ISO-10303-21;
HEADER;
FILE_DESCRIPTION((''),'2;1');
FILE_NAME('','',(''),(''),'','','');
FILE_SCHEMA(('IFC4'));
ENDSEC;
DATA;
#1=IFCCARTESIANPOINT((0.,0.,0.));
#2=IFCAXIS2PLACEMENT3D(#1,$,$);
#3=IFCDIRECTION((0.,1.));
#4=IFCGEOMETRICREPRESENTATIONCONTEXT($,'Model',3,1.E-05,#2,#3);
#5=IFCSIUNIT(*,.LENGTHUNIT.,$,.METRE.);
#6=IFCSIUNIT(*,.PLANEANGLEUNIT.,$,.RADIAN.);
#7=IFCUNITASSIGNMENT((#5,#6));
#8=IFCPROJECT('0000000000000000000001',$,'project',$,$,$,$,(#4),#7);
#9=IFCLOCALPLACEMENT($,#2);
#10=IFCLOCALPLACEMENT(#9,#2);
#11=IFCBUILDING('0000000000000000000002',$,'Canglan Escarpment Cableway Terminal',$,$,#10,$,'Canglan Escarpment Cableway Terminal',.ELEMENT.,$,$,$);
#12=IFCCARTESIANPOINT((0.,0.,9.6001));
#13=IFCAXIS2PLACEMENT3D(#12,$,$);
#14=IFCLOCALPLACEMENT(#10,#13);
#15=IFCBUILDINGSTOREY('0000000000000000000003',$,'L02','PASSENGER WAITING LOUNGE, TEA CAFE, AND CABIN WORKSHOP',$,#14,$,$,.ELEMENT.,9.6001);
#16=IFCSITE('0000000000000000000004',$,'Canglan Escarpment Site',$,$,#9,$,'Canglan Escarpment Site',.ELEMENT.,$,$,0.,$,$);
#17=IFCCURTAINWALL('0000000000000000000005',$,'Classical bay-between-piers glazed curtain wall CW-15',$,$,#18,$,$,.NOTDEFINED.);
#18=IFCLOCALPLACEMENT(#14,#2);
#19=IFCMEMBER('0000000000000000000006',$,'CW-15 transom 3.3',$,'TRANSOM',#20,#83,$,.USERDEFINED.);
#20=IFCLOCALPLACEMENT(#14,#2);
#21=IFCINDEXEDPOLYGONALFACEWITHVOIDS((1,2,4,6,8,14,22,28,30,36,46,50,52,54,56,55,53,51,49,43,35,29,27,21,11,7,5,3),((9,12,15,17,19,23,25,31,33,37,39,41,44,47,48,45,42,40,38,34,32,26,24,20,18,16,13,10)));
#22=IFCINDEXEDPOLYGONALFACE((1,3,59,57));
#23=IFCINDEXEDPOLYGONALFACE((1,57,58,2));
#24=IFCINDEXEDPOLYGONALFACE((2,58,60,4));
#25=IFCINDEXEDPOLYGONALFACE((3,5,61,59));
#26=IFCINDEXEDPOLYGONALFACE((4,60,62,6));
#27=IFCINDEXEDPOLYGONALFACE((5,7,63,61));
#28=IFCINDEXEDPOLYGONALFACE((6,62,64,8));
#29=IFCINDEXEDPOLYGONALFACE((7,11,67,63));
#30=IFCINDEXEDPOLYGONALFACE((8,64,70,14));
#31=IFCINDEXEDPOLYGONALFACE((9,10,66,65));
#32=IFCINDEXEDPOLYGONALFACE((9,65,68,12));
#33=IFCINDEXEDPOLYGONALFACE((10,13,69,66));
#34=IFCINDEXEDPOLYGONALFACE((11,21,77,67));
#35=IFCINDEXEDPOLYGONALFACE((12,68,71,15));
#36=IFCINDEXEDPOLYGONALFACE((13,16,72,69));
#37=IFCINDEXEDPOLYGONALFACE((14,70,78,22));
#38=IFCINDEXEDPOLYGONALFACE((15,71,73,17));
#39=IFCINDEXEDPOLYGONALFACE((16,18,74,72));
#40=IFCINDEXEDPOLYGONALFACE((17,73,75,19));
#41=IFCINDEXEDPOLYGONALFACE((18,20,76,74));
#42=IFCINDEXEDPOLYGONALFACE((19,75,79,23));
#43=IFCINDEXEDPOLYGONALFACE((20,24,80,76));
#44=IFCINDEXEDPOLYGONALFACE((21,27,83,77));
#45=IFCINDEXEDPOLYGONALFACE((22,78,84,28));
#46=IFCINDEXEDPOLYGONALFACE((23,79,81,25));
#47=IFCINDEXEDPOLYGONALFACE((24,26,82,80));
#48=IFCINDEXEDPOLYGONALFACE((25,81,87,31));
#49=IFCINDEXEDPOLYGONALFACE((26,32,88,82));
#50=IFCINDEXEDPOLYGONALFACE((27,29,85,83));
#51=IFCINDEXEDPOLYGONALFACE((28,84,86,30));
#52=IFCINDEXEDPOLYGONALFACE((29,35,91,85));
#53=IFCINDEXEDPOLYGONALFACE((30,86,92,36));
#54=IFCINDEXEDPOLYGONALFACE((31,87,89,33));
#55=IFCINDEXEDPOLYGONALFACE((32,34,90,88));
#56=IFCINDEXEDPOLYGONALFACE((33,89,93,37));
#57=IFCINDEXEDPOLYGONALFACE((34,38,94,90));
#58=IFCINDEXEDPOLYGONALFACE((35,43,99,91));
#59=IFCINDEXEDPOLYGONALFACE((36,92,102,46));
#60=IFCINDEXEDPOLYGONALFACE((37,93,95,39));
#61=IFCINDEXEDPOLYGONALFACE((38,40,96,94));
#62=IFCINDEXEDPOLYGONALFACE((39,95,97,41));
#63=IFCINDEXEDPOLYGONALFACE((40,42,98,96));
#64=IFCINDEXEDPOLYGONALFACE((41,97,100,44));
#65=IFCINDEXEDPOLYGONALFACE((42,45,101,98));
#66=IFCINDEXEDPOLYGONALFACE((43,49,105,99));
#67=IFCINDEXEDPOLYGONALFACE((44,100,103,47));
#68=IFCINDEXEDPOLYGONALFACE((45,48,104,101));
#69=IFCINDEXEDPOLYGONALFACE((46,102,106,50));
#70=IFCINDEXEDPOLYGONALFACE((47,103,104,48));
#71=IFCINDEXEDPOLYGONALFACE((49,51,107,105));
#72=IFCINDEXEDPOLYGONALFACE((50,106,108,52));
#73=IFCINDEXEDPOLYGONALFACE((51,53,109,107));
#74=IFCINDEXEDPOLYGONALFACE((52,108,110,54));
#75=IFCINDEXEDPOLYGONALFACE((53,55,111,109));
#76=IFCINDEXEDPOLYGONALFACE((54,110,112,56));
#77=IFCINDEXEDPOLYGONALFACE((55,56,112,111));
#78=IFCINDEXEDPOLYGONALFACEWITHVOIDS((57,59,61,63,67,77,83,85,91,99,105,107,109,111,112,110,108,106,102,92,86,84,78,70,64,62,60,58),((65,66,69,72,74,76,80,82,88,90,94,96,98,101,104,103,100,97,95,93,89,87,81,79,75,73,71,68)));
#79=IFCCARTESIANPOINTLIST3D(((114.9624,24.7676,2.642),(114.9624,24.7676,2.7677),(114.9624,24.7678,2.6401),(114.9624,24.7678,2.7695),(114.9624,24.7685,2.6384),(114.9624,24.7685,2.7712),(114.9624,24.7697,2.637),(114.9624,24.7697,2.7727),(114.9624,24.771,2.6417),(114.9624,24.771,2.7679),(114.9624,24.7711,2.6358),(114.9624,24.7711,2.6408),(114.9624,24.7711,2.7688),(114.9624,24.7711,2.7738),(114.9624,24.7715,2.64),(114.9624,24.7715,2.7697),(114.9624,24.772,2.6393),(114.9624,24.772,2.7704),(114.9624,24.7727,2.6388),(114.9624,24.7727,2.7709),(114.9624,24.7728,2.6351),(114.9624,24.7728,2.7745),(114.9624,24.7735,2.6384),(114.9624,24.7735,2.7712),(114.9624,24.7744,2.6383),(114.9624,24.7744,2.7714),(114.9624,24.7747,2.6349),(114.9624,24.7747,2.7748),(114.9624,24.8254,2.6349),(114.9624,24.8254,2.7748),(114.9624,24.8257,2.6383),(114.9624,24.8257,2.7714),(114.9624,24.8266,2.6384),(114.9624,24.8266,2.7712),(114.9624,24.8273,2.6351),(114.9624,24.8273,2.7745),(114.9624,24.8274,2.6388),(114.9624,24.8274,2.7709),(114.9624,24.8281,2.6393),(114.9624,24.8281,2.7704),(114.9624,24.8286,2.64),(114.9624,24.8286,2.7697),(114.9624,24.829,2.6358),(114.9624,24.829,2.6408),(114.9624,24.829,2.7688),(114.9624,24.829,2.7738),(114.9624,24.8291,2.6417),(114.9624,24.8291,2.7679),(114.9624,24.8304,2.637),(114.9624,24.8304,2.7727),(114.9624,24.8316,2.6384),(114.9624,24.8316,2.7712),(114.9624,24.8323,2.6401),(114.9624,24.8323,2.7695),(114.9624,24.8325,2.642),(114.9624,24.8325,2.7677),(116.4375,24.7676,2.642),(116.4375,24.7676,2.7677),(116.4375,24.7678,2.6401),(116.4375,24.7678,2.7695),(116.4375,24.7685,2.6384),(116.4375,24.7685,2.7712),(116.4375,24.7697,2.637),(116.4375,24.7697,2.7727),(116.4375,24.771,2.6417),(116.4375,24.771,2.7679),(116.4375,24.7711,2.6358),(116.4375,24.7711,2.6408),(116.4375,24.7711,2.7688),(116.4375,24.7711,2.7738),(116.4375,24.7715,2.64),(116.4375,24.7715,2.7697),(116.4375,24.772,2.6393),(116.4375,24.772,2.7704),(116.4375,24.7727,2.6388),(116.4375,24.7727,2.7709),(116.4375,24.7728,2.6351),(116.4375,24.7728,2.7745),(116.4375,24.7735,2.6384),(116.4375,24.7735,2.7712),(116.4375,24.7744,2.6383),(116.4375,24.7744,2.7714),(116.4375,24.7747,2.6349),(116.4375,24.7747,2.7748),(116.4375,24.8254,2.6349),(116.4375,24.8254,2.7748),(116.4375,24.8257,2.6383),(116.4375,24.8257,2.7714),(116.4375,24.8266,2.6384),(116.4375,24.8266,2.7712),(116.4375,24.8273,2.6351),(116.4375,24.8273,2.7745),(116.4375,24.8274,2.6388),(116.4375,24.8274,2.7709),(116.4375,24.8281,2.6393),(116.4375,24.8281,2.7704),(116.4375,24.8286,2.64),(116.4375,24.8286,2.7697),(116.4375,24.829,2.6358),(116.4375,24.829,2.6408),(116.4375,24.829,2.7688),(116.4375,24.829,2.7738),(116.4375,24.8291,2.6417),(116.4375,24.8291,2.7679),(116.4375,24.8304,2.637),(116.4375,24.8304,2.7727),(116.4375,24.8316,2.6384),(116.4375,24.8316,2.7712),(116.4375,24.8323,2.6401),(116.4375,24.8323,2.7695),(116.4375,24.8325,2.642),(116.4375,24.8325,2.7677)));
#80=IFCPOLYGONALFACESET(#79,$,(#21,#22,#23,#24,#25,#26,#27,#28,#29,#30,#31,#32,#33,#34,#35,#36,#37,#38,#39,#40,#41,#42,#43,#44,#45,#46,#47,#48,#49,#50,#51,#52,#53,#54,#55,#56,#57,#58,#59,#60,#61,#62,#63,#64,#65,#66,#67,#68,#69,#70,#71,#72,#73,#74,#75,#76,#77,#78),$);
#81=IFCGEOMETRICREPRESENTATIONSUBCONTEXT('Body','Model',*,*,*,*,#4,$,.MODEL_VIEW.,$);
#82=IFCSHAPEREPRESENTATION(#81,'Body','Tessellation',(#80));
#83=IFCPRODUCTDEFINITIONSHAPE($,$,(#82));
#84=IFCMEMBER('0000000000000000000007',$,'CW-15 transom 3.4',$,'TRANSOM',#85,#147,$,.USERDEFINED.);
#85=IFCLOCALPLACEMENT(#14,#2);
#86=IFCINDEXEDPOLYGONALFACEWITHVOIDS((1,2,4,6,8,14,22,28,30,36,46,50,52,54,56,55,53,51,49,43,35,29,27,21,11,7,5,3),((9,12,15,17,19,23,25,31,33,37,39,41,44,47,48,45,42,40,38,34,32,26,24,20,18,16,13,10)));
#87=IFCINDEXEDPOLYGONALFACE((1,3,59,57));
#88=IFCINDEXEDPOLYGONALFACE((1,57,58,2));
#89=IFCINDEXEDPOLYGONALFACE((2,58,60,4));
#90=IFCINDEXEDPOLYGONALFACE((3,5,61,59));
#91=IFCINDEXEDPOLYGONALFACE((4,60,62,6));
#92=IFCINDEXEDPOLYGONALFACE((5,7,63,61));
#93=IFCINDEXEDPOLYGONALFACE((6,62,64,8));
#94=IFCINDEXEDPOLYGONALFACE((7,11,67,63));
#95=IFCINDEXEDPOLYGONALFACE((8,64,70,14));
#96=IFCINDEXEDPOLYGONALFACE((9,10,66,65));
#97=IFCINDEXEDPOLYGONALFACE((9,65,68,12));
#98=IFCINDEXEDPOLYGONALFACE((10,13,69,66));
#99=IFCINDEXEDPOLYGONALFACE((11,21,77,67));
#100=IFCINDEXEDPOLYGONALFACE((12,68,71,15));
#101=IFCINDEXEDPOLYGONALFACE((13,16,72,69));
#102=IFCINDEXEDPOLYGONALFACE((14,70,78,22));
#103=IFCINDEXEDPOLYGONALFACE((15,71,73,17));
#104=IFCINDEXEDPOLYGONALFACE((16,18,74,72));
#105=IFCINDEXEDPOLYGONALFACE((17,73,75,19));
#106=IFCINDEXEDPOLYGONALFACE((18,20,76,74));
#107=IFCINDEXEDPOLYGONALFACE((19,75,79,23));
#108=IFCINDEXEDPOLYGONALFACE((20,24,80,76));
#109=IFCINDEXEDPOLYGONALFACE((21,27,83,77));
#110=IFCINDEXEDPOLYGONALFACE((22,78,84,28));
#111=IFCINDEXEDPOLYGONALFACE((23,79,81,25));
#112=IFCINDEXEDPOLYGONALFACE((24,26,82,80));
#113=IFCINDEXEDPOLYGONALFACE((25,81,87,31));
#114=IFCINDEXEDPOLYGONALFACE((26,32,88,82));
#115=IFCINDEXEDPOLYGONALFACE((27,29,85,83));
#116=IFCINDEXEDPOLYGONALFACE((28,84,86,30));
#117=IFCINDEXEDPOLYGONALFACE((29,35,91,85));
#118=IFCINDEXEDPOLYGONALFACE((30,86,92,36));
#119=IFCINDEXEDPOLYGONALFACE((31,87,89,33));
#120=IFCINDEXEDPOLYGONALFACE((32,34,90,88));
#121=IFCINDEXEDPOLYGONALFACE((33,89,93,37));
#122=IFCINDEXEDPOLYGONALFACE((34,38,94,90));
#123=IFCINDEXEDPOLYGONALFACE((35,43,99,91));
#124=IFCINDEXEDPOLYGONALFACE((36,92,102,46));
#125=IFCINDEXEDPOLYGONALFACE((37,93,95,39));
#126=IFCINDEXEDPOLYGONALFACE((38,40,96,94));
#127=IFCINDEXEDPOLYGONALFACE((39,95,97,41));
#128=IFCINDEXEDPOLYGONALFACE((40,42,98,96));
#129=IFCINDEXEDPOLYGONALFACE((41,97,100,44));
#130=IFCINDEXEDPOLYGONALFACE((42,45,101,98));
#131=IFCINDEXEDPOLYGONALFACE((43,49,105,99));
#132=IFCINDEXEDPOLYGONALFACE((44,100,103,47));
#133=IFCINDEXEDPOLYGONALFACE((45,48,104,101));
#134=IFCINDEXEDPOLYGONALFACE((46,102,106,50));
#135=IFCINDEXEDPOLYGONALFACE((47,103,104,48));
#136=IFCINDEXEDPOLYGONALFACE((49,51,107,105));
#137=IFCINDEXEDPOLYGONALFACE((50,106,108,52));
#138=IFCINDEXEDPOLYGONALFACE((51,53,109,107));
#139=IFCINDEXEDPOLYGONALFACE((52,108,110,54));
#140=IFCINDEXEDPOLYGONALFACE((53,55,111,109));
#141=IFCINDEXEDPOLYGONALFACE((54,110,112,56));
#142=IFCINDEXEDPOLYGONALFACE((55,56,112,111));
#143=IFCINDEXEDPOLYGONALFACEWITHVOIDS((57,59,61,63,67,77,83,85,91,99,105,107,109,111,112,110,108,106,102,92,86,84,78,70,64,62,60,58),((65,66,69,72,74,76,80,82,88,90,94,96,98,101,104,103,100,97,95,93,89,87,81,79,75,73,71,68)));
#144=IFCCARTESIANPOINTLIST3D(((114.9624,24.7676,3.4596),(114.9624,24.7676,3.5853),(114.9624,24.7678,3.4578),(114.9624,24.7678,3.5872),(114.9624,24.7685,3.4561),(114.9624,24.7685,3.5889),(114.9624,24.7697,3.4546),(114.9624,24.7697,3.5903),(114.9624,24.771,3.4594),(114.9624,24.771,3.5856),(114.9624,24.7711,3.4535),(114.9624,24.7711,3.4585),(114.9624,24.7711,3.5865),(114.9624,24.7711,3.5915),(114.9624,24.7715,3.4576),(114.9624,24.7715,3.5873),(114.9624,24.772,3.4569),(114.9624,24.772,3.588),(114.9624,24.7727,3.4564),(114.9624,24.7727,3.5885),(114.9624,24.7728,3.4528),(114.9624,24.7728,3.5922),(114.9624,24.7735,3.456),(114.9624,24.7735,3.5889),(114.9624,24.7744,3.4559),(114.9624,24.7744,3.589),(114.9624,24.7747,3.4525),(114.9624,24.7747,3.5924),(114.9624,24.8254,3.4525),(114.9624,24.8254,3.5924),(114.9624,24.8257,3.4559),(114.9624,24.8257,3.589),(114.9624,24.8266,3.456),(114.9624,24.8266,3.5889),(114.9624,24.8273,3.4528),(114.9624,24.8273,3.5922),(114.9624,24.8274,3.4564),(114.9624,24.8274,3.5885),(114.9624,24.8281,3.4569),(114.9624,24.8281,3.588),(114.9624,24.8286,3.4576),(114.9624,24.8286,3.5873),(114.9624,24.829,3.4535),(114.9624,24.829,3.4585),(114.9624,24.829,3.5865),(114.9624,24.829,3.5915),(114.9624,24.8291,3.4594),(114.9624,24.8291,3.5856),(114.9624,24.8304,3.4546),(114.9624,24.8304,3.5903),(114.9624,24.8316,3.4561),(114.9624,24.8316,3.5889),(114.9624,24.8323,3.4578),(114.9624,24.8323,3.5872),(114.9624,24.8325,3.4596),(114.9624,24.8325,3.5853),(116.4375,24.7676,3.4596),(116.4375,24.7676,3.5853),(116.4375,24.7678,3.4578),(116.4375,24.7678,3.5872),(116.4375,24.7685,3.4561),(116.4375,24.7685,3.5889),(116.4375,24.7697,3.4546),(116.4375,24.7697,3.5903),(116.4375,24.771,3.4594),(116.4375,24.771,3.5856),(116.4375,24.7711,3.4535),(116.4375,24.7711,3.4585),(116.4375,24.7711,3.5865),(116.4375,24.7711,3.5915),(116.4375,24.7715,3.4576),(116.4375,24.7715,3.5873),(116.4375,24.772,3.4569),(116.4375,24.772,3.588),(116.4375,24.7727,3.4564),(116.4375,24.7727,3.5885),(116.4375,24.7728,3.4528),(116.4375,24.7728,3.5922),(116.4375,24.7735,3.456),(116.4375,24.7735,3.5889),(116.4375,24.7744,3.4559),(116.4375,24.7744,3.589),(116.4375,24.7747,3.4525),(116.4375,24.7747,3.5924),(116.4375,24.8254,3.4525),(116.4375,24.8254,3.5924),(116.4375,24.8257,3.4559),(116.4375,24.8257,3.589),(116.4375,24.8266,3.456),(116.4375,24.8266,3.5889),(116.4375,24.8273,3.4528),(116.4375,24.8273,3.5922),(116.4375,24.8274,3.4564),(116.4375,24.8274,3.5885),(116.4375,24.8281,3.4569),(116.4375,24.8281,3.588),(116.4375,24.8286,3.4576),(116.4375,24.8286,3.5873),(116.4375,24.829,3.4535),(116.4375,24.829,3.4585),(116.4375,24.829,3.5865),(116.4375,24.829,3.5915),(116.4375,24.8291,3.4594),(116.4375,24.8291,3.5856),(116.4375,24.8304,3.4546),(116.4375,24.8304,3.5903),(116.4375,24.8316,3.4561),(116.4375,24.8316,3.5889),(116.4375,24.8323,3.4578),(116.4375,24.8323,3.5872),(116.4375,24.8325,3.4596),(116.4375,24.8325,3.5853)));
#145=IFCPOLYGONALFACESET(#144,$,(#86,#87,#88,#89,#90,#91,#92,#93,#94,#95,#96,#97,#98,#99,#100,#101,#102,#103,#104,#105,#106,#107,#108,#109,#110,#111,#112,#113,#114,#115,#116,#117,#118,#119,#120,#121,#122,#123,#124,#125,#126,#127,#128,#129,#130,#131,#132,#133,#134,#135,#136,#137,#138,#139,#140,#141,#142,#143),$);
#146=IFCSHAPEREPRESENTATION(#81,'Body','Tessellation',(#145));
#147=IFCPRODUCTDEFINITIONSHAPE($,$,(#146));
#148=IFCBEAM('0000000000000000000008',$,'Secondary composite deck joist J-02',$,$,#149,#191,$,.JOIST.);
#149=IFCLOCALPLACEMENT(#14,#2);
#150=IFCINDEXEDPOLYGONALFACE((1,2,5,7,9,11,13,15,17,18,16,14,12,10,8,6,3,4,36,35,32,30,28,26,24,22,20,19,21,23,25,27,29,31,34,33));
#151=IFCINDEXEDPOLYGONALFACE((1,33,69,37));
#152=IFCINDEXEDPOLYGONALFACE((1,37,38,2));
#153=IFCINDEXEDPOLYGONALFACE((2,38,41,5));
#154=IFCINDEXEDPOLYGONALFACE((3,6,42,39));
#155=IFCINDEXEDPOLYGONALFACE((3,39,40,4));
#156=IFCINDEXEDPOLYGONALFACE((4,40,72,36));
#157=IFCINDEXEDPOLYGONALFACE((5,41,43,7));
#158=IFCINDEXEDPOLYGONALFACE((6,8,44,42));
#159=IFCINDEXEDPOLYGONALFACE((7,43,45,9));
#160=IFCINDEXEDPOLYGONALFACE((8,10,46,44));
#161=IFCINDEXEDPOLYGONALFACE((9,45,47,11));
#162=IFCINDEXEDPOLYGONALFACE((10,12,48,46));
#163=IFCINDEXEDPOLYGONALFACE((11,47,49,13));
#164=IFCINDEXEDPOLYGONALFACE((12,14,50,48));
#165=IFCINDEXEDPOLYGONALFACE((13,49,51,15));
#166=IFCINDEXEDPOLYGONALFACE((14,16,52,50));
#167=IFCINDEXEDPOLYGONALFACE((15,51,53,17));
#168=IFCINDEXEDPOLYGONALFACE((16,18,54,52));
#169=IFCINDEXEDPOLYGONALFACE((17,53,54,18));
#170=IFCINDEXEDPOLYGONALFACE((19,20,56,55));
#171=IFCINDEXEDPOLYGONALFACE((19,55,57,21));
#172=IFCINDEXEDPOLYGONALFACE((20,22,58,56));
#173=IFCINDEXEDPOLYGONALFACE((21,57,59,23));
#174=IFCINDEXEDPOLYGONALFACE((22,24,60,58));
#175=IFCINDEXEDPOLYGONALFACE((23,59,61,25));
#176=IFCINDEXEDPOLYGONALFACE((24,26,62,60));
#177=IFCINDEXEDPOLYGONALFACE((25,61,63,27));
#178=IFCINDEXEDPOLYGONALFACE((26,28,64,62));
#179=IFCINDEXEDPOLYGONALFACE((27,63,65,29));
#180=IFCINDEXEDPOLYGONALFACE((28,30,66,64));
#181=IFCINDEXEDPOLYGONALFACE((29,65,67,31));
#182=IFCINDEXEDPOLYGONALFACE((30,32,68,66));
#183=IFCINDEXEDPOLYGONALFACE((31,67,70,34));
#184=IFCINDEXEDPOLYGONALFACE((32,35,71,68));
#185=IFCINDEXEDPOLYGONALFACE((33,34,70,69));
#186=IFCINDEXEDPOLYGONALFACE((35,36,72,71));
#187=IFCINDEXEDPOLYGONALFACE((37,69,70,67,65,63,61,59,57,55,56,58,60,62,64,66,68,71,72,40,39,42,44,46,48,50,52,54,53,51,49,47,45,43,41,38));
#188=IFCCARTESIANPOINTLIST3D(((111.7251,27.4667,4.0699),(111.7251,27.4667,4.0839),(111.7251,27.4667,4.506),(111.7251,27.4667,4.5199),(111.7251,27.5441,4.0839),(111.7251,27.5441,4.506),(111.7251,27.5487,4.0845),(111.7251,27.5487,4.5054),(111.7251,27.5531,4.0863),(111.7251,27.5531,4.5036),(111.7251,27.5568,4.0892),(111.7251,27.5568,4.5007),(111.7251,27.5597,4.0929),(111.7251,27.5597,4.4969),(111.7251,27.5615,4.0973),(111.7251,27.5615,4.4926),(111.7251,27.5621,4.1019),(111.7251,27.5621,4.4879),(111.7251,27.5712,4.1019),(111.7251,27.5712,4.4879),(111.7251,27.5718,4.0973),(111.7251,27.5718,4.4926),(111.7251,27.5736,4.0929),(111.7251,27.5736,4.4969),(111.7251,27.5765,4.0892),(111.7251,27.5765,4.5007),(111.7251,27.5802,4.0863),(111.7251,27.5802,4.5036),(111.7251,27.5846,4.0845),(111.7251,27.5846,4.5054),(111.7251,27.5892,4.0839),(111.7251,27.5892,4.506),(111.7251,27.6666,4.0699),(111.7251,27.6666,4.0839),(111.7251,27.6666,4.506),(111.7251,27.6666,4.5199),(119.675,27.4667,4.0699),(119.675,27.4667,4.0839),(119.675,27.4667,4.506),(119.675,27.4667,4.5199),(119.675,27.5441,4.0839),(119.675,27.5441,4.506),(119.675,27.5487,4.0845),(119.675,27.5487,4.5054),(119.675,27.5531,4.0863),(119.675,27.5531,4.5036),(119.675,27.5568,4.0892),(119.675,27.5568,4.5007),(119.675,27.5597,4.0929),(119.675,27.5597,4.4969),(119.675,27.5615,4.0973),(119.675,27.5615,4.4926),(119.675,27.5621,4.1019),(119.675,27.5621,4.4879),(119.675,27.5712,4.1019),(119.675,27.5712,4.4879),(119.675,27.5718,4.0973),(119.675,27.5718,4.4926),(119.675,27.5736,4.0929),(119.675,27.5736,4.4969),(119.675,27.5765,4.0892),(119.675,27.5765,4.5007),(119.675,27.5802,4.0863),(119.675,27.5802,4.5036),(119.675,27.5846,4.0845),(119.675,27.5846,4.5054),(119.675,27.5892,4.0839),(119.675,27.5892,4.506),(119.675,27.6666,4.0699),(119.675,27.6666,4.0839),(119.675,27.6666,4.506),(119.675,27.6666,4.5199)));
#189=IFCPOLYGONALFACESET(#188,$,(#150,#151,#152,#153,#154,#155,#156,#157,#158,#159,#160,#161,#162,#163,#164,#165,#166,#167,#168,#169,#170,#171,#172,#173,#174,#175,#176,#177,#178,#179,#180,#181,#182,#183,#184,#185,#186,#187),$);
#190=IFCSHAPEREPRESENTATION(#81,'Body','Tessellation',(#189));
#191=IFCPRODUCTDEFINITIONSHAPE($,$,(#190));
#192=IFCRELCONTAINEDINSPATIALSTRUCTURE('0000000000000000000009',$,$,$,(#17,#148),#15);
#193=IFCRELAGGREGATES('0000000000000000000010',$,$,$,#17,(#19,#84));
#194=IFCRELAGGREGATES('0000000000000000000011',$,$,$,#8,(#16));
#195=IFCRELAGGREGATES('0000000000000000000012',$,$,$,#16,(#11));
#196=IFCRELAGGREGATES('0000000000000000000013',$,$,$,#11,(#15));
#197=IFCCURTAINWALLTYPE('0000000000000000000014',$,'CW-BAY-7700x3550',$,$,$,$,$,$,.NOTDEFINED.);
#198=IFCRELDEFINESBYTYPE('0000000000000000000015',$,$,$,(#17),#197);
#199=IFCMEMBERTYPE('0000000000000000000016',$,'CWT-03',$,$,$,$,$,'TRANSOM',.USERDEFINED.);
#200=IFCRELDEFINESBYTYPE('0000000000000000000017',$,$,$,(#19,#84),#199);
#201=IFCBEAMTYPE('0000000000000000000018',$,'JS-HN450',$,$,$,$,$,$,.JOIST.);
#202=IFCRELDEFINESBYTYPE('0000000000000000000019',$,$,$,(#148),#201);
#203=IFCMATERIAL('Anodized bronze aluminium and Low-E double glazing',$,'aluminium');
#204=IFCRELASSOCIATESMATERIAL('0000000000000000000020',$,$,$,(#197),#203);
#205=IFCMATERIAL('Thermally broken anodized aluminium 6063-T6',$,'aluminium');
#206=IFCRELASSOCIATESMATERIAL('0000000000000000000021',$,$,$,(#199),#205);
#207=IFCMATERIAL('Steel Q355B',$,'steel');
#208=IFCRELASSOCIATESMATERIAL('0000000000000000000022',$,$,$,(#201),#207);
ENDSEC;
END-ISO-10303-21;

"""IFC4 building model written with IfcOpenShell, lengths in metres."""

from ifc_helpers import new_model, si_unit, direction, frame, origin, origin_2d, place, context, subcontext, project, spatial, hollow_rectangle, i_section, extrude, material, material_profile, profile_set, type_object, element, aggregate, save


model = new_model("IFC4")

# Units and contexts
model_context = context("Model", 3, precision=1e-05, world=origin(), true_north=direction((0.0, 1.0)))
body_context = subcontext(model_context, "Body", "Model", "MODEL_VIEW")
ifc_project = project(units=[si_unit("LENGTHUNIT", "METRE"), si_unit("PLANEANGLEUNIT", "RADIAN")], contexts=[model_context])

# Site, building, storey
site_placement = place(None, origin())
site = spatial("IfcSite", under=ifc_project, at=site_placement, Name="Canglan Escarpment Site", LongName="Canglan Escarpment Site", CompositionType="ELEMENT", RefElevation=0.0)
building_placement = place(site_placement, origin())
building = spatial("IfcBuilding", under=site, at=building_placement, Name="Canglan Escarpment Cableway Terminal", LongName="Canglan Escarpment Cableway Terminal", CompositionType="ELEMENT")
storey_placement = place(building_placement, frame((0.0, 0.0, 9.6001)))
storey = spatial("IfcBuildingStorey", under=building, at=storey_placement, Name="L02", Description="PASSENGER WAITING LOUNGE, TEA CAFE, AND CABIN WORKSHOP", CompositionType="ELEMENT", Elevation=9.6001)

# Shared definitions
ifc_material_1 = material(Name="Steel Q355B", Category="steel")

# Curtain wall
ifc_material_2 = material(Name="Anodized bronze aluminium and Low-E double glazing", Category="aluminium")
ifc_material_3 = material(Name="Thermally broken anodized aluminium 6063-T6", Category="aluminium")
curtain_wall_type_1 = type_object("IfcCurtainWallType", Name="CW-BAY-7700x3550", PredefinedType="NOTDEFINED", material=ifc_material_2)
curtain_wall_1_placement = place(storey_placement, origin())
curtain_wall_1 = element("IfcCurtainWall", 1, at=curtain_wall_1_placement, inside=storey, type_object=curtain_wall_type_1, Name="Classical bay-between-piers glazed curtain wall CW-15", PredefinedType="NOTDEFINED")

# Members
ifc_material_profile_1 = material_profile(ifc_material_3, hollow_rectangle(XDim=0.0649, YDim=0.1399, WallThickness=0.0034, InnerFilletRadius=0.0034, OuterFilletRadius=0.0071, at=origin_2d()), Name="ALU-TRAN 65x140x3.5")
ifc_profile_set_1 = profile_set([ifc_material_profile_1], Name="Thermally broken anodized aluminium 6063-T6")
member_type_1 = type_object("IfcMemberType", Name="CWT-03", ElementType="TRANSOM", PredefinedType="USERDEFINED", material=ifc_profile_set_1)
member_1_placement = place(storey_placement, frame((116.4375, 24.8, 2.7048), z_axis=(-1.0, 0.0, 0.0), x_axis=(0.0, -1.0, 0.0)))
member_1 = element("IfcMember", 2, at=member_1_placement, type_object=member_type_1, Name="CW-15 transom 3.3", ObjectType="TRANSOM", PredefinedType="USERDEFINED", context=body_context, shape_type="SweptSolid", body=[
    extrude(hollow_rectangle(XDim=0.0649, YDim=0.1399, WallThickness=0.0034, InnerFilletRadius=0.0034, OuterFilletRadius=0.0071, at=origin_2d()), origin(), (0.0, 0.0, 1.0), 1.4751),
])
member_2_placement = place(storey_placement, frame((116.4375, 24.8, 3.5225), z_axis=(-1.0, 0.0, 0.0), x_axis=(0.0, -1.0, 0.0)))
member_2 = element("IfcMember", 3, at=member_2_placement, type_object=member_type_1, Name="CW-15 transom 3.4", ObjectType="TRANSOM", PredefinedType="USERDEFINED", context=body_context, shape_type="SweptSolid", body=[
    extrude(hollow_rectangle(XDim=0.0649, YDim=0.1399, WallThickness=0.0034, InnerFilletRadius=0.0034, OuterFilletRadius=0.0071, at=origin_2d()), origin(), (0.0, 0.0, 1.0), 1.4751),
])

# Beam
ifc_material_profile_2 = material_profile(ifc_material_1, i_section(OverallWidth=0.2, OverallDepth=0.45, WebThickness=0.009, FlangeThickness=0.0139, FilletRadius=0.0181, at=origin_2d()), Name="HN 450x200x9x14")
ifc_profile_set_2 = profile_set([ifc_material_profile_2], Name="Steel Q355B")
beam_type_1 = type_object("IfcBeamType", Name="JS-HN450", PredefinedType="JOIST", material=ifc_profile_set_2)
for number, where, z_axis, x_axis, name in (
    (4, (111.7251, 27.5667, 4.2949), (1.0, 0.0, 0.0), (0.0, 1.0, 0.0), "Secondary composite deck joist J-02"),
):
    element("IfcBeam", number, at=place(storey_placement, frame(where, z_axis=z_axis, x_axis=x_axis)), inside=storey, type_object=beam_type_1, Name=name, PredefinedType="JOIST", context=body_context, shape_type="SweptSolid", body=[
        extrude(i_section(OverallWidth=0.2, OverallDepth=0.45, WebThickness=0.009, FlangeThickness=0.0139, FilletRadius=0.0181, at=origin_2d()), origin(), (0.0, 0.0, 1.0), 7.95),
    ])

aggregate(curtain_wall_1, [member_1, member_2])

save(model, "model.ifc")
